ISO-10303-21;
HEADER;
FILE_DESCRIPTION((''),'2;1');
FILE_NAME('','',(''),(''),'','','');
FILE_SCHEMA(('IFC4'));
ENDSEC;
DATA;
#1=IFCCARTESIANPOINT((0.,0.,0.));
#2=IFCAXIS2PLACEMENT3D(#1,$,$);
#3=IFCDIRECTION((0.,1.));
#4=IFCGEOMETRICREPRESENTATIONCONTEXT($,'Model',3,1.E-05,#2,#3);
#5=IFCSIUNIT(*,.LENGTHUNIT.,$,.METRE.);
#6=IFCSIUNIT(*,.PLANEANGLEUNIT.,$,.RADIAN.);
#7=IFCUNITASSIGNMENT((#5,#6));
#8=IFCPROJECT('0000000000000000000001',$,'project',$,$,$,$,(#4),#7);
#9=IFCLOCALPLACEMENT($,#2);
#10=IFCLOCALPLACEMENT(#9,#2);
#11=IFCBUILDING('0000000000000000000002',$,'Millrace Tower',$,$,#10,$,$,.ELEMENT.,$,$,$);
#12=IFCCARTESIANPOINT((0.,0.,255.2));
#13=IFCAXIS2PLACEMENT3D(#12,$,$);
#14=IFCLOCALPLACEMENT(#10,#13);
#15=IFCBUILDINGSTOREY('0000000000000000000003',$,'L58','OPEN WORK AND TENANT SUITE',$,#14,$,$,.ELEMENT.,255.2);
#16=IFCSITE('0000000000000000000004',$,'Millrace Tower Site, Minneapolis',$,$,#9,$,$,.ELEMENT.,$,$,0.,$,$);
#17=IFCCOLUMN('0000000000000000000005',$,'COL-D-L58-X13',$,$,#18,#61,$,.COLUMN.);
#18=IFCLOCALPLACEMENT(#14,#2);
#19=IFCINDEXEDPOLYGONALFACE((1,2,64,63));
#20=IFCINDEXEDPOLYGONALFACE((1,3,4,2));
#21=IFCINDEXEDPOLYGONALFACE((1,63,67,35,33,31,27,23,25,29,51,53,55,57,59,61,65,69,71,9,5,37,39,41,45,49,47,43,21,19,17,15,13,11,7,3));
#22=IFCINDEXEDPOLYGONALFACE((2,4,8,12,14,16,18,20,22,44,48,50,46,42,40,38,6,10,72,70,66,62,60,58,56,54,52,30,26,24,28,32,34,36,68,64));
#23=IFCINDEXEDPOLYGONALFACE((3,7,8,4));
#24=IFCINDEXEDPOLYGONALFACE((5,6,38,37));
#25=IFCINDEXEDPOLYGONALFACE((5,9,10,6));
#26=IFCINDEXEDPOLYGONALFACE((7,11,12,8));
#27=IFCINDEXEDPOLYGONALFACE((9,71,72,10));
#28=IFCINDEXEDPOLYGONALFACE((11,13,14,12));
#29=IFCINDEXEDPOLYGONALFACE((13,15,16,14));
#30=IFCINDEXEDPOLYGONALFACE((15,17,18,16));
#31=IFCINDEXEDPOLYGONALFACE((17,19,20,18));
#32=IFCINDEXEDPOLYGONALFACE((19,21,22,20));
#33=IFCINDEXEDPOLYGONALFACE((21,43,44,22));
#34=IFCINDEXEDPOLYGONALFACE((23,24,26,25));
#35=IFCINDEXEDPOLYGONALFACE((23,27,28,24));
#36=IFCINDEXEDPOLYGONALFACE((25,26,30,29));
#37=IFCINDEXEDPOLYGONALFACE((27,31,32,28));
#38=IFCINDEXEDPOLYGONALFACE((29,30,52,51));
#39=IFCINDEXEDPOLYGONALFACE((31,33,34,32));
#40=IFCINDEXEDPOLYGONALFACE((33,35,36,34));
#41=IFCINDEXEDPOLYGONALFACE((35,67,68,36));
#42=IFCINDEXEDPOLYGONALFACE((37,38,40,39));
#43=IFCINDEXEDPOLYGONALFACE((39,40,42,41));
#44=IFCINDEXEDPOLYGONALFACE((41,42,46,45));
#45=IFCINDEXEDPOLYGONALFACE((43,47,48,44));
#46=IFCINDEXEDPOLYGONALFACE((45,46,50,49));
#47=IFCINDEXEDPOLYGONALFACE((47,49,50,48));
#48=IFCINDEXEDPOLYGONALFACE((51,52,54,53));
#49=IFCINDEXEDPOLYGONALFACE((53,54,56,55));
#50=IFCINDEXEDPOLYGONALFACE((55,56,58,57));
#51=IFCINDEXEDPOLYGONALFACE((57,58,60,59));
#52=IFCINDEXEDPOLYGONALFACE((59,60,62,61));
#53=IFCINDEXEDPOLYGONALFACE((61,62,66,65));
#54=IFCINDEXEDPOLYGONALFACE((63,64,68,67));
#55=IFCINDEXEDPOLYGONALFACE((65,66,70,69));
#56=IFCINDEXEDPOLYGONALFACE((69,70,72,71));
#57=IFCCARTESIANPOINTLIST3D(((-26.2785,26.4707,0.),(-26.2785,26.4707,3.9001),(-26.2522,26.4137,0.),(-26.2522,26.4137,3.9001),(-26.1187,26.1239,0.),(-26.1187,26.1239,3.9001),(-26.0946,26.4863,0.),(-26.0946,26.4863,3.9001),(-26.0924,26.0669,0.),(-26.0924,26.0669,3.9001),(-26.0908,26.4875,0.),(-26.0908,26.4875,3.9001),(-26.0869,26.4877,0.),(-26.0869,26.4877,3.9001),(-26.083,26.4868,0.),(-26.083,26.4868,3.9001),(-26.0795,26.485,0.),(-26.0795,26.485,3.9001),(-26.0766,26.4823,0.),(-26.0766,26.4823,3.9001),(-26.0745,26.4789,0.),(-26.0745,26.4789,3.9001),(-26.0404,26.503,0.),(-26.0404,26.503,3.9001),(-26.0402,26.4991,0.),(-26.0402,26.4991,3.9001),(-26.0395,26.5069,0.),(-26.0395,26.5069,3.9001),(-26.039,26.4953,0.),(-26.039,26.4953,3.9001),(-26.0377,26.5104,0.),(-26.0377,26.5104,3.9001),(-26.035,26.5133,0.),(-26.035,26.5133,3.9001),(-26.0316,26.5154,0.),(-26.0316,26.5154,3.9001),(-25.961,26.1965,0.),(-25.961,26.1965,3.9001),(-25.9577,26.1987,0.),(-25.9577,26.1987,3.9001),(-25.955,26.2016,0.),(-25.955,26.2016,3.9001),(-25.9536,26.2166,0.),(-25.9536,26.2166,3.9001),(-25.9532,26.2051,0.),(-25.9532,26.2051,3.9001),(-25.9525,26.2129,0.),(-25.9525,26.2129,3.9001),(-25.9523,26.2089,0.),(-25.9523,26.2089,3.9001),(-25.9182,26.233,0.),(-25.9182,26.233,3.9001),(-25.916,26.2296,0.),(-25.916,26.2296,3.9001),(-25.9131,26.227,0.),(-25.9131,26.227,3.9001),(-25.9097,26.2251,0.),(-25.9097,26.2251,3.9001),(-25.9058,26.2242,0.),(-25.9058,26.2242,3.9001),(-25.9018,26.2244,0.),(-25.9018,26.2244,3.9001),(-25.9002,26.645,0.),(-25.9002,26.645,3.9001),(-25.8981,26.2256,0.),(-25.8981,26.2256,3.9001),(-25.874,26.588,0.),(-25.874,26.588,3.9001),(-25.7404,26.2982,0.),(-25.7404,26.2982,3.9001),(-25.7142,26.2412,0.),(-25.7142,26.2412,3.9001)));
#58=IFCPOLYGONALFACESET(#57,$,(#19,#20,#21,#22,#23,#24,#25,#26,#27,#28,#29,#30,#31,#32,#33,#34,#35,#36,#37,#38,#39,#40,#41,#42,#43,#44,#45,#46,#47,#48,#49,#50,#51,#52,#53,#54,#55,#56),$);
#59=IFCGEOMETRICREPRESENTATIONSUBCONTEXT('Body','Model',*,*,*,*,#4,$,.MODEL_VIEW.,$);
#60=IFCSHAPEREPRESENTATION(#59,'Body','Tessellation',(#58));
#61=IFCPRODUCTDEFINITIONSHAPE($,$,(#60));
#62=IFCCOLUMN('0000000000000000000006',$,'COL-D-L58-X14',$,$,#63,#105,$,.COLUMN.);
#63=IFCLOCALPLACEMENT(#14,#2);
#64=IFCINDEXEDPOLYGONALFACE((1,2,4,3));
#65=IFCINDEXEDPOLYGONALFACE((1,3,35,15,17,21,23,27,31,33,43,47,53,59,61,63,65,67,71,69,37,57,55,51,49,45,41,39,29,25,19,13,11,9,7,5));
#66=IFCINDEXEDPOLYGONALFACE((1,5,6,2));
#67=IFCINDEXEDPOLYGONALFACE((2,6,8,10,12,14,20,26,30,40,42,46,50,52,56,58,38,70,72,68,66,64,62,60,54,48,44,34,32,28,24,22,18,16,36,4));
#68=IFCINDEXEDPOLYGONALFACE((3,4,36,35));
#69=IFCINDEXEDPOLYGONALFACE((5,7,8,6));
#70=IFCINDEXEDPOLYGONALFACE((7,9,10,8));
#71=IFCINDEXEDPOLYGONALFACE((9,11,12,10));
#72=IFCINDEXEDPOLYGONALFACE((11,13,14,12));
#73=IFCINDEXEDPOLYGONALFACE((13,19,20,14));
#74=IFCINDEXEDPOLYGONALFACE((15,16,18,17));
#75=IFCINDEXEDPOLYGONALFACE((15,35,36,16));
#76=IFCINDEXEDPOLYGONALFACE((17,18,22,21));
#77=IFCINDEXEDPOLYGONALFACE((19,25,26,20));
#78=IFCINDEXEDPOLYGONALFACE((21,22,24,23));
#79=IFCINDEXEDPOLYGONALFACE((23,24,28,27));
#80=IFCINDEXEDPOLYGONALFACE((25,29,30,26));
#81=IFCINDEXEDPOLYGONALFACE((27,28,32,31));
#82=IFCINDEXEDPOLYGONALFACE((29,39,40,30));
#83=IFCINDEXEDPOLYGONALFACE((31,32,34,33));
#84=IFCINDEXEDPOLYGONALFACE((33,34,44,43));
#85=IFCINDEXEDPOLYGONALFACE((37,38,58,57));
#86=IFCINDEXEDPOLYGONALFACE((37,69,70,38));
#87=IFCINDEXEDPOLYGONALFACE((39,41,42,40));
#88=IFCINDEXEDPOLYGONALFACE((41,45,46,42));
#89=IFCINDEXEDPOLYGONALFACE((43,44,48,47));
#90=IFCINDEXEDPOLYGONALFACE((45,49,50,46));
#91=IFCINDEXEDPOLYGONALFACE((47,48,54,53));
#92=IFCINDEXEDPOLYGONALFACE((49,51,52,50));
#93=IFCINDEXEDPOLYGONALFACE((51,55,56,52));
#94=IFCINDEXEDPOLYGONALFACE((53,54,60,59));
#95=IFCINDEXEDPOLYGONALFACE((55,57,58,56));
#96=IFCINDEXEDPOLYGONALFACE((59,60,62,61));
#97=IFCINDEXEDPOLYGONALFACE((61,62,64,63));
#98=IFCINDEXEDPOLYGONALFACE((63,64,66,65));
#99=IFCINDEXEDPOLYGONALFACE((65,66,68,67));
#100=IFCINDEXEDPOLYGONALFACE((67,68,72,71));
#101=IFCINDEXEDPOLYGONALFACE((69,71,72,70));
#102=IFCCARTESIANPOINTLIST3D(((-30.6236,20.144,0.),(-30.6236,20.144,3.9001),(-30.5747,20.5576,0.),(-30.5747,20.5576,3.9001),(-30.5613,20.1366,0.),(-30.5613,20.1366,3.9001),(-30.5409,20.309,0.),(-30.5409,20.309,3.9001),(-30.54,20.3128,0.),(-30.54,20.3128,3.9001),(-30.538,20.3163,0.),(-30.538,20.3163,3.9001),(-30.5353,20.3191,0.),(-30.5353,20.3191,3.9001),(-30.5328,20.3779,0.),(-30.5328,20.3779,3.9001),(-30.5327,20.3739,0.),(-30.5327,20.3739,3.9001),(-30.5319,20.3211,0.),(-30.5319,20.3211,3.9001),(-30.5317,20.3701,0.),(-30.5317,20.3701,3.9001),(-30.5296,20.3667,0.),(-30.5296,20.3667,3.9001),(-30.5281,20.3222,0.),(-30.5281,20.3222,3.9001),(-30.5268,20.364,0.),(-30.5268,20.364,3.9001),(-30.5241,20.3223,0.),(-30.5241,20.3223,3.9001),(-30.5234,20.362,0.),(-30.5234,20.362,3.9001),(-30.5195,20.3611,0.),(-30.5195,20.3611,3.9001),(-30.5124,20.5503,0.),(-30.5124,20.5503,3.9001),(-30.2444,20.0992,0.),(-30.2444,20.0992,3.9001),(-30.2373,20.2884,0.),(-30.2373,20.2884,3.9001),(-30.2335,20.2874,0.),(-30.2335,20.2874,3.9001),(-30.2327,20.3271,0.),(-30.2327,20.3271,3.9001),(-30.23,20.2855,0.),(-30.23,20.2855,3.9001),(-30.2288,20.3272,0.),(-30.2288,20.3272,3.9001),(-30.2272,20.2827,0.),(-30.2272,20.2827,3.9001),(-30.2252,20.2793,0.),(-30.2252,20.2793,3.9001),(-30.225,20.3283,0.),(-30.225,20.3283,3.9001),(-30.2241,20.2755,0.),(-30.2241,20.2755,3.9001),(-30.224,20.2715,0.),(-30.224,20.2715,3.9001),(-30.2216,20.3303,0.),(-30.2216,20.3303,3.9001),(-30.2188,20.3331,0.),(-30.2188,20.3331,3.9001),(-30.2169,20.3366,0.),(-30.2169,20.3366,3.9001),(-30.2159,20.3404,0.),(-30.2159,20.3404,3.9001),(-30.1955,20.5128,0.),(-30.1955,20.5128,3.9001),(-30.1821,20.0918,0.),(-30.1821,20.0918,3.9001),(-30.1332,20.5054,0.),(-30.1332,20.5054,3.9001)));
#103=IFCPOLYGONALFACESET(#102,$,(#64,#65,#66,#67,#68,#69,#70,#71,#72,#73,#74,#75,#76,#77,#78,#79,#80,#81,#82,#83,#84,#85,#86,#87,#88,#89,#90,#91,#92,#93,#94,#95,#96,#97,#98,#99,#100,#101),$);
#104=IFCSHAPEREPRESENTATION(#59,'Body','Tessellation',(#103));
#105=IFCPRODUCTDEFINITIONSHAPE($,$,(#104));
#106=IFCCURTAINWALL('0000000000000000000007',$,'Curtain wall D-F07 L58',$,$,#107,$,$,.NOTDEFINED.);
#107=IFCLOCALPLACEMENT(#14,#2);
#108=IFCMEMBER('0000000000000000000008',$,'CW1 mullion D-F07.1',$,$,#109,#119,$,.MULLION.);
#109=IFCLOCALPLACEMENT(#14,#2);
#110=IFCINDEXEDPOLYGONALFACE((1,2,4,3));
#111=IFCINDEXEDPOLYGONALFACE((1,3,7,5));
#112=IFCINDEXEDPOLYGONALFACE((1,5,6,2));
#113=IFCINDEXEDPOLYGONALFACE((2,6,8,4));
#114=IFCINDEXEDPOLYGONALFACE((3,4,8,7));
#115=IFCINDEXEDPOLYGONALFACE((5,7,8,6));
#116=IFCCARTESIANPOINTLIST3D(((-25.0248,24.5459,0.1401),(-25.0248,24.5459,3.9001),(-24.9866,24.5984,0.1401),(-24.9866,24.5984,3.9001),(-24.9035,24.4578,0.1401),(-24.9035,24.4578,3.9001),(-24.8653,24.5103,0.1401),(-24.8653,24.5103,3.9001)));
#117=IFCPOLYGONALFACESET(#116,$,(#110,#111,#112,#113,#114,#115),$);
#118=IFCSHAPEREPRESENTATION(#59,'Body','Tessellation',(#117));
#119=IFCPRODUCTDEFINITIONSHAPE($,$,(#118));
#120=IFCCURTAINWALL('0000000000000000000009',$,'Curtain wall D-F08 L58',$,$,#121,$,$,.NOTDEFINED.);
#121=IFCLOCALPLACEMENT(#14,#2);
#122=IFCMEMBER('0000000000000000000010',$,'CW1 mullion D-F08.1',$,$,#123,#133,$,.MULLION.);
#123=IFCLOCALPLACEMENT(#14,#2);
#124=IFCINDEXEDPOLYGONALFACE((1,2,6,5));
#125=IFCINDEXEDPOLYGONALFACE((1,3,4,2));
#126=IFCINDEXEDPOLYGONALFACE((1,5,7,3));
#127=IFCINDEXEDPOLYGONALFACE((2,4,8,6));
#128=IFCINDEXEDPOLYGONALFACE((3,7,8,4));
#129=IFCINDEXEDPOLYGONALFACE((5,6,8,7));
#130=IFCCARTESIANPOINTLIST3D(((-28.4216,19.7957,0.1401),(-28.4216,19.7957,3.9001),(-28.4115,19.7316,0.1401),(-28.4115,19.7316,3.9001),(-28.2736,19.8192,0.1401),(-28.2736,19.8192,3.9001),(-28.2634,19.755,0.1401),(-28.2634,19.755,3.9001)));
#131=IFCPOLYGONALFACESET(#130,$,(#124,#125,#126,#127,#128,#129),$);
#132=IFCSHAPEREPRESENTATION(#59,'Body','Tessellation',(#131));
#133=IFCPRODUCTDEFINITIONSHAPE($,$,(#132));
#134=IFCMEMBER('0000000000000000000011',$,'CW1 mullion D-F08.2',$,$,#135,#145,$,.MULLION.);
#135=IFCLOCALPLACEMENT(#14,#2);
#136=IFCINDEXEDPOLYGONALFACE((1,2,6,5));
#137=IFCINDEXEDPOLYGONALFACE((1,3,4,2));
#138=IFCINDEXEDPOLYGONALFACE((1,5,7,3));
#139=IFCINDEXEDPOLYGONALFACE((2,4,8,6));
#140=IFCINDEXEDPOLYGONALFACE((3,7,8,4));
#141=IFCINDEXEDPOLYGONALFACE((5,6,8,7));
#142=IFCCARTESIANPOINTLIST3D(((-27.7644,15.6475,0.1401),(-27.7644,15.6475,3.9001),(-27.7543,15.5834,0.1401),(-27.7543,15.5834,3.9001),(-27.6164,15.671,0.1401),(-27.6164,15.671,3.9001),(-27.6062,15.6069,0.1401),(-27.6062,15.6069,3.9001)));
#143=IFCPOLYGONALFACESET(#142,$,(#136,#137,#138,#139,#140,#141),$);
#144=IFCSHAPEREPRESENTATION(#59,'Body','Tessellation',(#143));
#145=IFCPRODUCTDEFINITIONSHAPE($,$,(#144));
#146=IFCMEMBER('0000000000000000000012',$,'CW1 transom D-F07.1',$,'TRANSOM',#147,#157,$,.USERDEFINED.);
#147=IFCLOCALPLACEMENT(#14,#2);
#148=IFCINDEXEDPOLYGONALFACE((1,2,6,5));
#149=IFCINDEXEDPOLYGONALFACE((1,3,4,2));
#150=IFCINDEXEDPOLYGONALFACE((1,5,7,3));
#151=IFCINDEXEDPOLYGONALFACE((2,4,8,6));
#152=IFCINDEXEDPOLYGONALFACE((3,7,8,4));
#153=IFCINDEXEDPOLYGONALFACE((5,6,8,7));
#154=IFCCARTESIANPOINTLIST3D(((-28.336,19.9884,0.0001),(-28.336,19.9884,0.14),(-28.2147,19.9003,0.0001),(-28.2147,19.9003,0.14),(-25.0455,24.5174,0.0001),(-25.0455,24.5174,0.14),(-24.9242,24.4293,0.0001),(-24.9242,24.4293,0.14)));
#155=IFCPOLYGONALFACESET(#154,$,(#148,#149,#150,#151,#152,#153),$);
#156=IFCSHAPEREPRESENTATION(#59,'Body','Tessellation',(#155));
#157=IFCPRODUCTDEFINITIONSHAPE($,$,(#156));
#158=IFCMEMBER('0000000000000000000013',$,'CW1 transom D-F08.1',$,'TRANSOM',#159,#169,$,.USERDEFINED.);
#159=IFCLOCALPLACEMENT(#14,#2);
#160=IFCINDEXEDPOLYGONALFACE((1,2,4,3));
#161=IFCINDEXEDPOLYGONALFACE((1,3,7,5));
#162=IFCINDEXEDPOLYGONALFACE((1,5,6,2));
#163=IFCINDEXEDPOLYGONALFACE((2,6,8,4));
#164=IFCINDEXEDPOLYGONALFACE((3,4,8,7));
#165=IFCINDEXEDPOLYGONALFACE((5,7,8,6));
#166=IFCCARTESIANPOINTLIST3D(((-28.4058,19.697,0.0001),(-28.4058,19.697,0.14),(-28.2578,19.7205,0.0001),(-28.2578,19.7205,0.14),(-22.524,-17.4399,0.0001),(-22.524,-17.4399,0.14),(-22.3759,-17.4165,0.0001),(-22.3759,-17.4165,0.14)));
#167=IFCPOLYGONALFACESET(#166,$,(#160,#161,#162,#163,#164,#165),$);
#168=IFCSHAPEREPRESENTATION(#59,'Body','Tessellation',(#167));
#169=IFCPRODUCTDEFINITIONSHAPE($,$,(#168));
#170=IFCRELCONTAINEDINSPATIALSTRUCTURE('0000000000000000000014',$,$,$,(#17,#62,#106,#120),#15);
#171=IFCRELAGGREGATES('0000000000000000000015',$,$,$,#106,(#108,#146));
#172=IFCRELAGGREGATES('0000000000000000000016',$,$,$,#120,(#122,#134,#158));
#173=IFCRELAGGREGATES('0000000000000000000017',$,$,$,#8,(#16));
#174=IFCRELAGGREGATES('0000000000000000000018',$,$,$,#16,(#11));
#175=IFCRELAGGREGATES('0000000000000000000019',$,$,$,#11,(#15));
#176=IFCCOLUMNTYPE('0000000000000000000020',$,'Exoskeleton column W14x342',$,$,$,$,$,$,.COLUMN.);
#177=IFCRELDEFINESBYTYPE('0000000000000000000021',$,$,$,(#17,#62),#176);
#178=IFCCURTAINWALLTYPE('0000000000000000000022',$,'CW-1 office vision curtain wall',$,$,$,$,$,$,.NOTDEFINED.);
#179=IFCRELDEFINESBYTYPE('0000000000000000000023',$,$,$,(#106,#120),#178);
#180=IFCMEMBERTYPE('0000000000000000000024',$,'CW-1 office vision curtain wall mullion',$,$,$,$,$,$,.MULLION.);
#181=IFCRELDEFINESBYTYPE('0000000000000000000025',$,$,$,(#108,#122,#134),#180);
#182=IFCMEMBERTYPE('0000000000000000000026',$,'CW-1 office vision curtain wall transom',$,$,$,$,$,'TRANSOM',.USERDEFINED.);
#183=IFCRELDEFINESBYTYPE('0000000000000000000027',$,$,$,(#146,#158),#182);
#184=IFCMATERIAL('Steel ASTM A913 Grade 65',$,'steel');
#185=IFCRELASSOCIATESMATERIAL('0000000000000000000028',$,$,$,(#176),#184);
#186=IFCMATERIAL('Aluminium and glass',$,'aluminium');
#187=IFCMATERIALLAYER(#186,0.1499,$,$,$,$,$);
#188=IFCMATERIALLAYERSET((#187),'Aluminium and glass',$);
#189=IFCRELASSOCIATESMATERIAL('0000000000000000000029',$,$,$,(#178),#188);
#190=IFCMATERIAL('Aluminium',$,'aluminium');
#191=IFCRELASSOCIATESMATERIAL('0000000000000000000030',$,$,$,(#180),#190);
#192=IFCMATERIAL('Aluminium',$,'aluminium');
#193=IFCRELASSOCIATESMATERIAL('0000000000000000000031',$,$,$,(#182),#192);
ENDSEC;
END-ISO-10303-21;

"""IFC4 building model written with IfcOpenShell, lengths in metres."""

from ifc_helpers import new_model, si_unit, direction, frame, origin, origin_2d, place, context, subcontext, project, spatial, rectangle, i_section, extrude, material, layer, layer_set, material_profile, profile_set, type_object, element, aggregate, save


model = new_model("IFC4")

# Units and contexts
model_context = context("Model", 3, precision=1e-05, world=origin(), true_north=direction((0.0, 1.0)))
body_context = subcontext(model_context, "Body", "Model", "MODEL_VIEW")
ifc_project = project(units=[si_unit("LENGTHUNIT", "METRE"), si_unit("PLANEANGLEUNIT", "RADIAN")], contexts=[model_context])

# Site, building, storey
site_placement = place(None, origin())
site = spatial("IfcSite", under=ifc_project, at=site_placement, Name="Millrace Tower Site, Minneapolis", CompositionType="ELEMENT", RefElevation=0.0)
building_placement = place(site_placement, origin())
building = spatial("IfcBuilding", under=site, at=building_placement, Name="Millrace Tower", CompositionType="ELEMENT")
storey_placement = place(building_placement, frame((0.0, 0.0, 255.2)))
storey = spatial("IfcBuildingStorey", under=building, at=storey_placement, Name="L58", Description="OPEN WORK AND TENANT SUITE", CompositionType="ELEMENT", Elevation=255.2)

# Columns
ifc_material_1 = material(Name="Steel ASTM A913 Grade 65", Category="steel")
ifc_material_profile_1 = material_profile(ifc_material_1, i_section(OverallWidth=0.4165, OverallDepth=0.4446, WebThickness=0.0391, FlangeThickness=0.0627, FilletRadius=0.0151, at=origin_2d()))
ifc_profile_set_1 = profile_set([ifc_material_profile_1], Name="Steel ASTM A913 Grade 65")
column_type = type_object("IfcColumnType", Name="Exoskeleton column W14x342", PredefinedType="COLUMN", material=ifc_profile_set_1)
for number, where, z_axis, x_axis, name in (
    (1, (-25.9963, 26.356, 0.0), (0.0, 0.0, 1.0), (-0.908192, -0.418553, 0.0), "COL-D-L58-X13"),
    (2, (-30.3784, 20.3247, 0.0), (0.0, 0.0, 1.0), (-0.117421, -0.993082, 0.0), "COL-D-L58-X14"),
):
    element("IfcColumn", number, at=place(storey_placement, frame(where, z_axis=z_axis, x_axis=x_axis)), inside=storey, type_object=column_type, Name=name, PredefinedType="COLUMN", context=body_context, shape_type="SweptSolid", body=[
        extrude(i_section(OverallWidth=0.4165, OverallDepth=0.4446, WebThickness=0.0391, FlangeThickness=0.0627, FilletRadius=0.0151, at=origin_2d()), origin(), (0.0, 0.0, 1.0), 3.9001),
    ])

# Curtain wall, member
ifc_material_2 = material(Name="Aluminium and glass", Category="aluminium")
ifc_layer_1 = layer(ifc_material_2, 0.1499)
ifc_layer_set_1 = layer_set([ifc_layer_1], Name="Aluminium and glass")
curtain_wall_type = type_object("IfcCurtainWallType", Name="CW-1 office vision curtain wall", PredefinedType="NOTDEFINED", material=ifc_layer_set_1)
placement = place(storey_placement, origin())
curtain_wall_1 = element("IfcCurtainWall", 3, at=placement, inside=storey, type_object=curtain_wall_type, Name="Curtain wall D-F07 L58", PredefinedType="NOTDEFINED")
ifc_material_3 = material(Name="Aluminium", Category="aluminium")
ifc_material_profile_2 = material_profile(ifc_material_3, rectangle(XDim=0.0649, YDim=0.1499, at=origin_2d()))
ifc_profile_set_2 = profile_set([ifc_material_profile_2], Name="Aluminium")
member_type_1 = type_object("IfcMemberType", Name="CW-1 office vision curtain wall mullion", PredefinedType="MULLION", material=ifc_profile_set_2)
member_1_placement = place(storey_placement, frame((-24.9451, 24.5281, 0.1401), z_axis=(0.0, 0.0, 1.0), x_axis=(-0.587785, -0.809017, 0.0)))
member_1 = element("IfcMember", 4, at=member_1_placement, type_object=member_type_1, Name="CW1 mullion D-F07.1", PredefinedType="MULLION", context=body_context, shape_type="SweptSolid", body=[
    extrude(rectangle(XDim=0.0649, YDim=0.1499, at=origin_2d()), origin(), (0.0, 0.0, 1.0), 3.76),
])

# Curtain wall, members
curtain_wall_2 = element("IfcCurtainWall", 5, at=placement, inside=storey, type_object=curtain_wall_type, Name="Curtain wall D-F08 L58", PredefinedType="NOTDEFINED")
member_2_placement = place(storey_placement, frame((-28.3425, 19.7754, 0.1401), z_axis=(0.0, 0.0, 1.0), x_axis=(0.156434, -0.987688, 0.0)))
member_2 = element("IfcMember", 6, at=member_2_placement, type_object=member_type_1, Name="CW1 mullion D-F08.1", PredefinedType="MULLION", context=body_context, shape_type="SweptSolid", body=[
    extrude(rectangle(XDim=0.0649, YDim=0.1499, at=origin_2d()), origin(), (0.0, 0.0, 1.0), 3.76),
])
member_3_placement = place(storey_placement, frame((-27.6853, 15.6272, 0.1401), z_axis=(0.0, 0.0, 1.0), x_axis=(0.156434, -0.987688, 0.0)))
member_3 = element("IfcMember", 7, at=member_3_placement, type_object=member_type_1, Name="CW1 mullion D-F08.2", PredefinedType="MULLION", context=body_context, shape_type="SweptSolid", body=[
    extrude(rectangle(XDim=0.0649, YDim=0.1499, at=origin_2d()), origin(), (0.0, 0.0, 1.0), 3.76),
])

# Members
ifc_material_4 = material(Name="Aluminium", Category="aluminium")
ifc_material_profile_3 = material_profile(ifc_material_4, rectangle(XDim=0.1499, YDim=0.1399, at=origin_2d()))
ifc_profile_set_3 = profile_set([ifc_material_profile_3], Name="Aluminium")
member_type_2 = type_object("IfcMemberType", Name="CW-1 office vision curtain wall transom", ElementType="TRANSOM", PredefinedType="USERDEFINED", material=ifc_profile_set_3)
member_4_placement = place(storey_placement, frame((-24.9849, 24.4734, 0.0701), z_axis=(-0.587783, -0.809019, 0.0), x_axis=(0.809019, -0.587783, 0.0)))
member_4 = element("IfcMember", 8, at=member_4_placement, type_object=member_type_2, Name="CW1 transom D-F07.1", ObjectType="TRANSOM", PredefinedType="USERDEFINED", context=body_context, shape_type="SweptSolid", body=[
    extrude(rectangle(XDim=0.1499, YDim=0.1399, at=origin_2d()), origin(), (0.0, 0.0, 1.0), 5.5981),
])
aggregate(curtain_wall_1, [member_1, member_4])
member_5_placement = place(storey_placement, frame((-28.3318, 19.7087, 0.0701), z_axis=(0.156432, -0.987689, 0.0), x_axis=(0.987689, 0.156432, 0.0)))
member_5 = element("IfcMember", 9, at=member_5_placement, type_object=member_type_2, Name="CW1 transom D-F08.1", ObjectType="TRANSOM", PredefinedType="USERDEFINED", context=body_context, shape_type="SweptSolid", body=[
    extrude(rectangle(XDim=0.1499, YDim=0.1399, at=origin_2d()), origin(), (0.0, 0.0, 1.0), 37.5999),
])
aggregate(curtain_wall_2, [member_2, member_3, member_5])

save(model, "model.ifc")
